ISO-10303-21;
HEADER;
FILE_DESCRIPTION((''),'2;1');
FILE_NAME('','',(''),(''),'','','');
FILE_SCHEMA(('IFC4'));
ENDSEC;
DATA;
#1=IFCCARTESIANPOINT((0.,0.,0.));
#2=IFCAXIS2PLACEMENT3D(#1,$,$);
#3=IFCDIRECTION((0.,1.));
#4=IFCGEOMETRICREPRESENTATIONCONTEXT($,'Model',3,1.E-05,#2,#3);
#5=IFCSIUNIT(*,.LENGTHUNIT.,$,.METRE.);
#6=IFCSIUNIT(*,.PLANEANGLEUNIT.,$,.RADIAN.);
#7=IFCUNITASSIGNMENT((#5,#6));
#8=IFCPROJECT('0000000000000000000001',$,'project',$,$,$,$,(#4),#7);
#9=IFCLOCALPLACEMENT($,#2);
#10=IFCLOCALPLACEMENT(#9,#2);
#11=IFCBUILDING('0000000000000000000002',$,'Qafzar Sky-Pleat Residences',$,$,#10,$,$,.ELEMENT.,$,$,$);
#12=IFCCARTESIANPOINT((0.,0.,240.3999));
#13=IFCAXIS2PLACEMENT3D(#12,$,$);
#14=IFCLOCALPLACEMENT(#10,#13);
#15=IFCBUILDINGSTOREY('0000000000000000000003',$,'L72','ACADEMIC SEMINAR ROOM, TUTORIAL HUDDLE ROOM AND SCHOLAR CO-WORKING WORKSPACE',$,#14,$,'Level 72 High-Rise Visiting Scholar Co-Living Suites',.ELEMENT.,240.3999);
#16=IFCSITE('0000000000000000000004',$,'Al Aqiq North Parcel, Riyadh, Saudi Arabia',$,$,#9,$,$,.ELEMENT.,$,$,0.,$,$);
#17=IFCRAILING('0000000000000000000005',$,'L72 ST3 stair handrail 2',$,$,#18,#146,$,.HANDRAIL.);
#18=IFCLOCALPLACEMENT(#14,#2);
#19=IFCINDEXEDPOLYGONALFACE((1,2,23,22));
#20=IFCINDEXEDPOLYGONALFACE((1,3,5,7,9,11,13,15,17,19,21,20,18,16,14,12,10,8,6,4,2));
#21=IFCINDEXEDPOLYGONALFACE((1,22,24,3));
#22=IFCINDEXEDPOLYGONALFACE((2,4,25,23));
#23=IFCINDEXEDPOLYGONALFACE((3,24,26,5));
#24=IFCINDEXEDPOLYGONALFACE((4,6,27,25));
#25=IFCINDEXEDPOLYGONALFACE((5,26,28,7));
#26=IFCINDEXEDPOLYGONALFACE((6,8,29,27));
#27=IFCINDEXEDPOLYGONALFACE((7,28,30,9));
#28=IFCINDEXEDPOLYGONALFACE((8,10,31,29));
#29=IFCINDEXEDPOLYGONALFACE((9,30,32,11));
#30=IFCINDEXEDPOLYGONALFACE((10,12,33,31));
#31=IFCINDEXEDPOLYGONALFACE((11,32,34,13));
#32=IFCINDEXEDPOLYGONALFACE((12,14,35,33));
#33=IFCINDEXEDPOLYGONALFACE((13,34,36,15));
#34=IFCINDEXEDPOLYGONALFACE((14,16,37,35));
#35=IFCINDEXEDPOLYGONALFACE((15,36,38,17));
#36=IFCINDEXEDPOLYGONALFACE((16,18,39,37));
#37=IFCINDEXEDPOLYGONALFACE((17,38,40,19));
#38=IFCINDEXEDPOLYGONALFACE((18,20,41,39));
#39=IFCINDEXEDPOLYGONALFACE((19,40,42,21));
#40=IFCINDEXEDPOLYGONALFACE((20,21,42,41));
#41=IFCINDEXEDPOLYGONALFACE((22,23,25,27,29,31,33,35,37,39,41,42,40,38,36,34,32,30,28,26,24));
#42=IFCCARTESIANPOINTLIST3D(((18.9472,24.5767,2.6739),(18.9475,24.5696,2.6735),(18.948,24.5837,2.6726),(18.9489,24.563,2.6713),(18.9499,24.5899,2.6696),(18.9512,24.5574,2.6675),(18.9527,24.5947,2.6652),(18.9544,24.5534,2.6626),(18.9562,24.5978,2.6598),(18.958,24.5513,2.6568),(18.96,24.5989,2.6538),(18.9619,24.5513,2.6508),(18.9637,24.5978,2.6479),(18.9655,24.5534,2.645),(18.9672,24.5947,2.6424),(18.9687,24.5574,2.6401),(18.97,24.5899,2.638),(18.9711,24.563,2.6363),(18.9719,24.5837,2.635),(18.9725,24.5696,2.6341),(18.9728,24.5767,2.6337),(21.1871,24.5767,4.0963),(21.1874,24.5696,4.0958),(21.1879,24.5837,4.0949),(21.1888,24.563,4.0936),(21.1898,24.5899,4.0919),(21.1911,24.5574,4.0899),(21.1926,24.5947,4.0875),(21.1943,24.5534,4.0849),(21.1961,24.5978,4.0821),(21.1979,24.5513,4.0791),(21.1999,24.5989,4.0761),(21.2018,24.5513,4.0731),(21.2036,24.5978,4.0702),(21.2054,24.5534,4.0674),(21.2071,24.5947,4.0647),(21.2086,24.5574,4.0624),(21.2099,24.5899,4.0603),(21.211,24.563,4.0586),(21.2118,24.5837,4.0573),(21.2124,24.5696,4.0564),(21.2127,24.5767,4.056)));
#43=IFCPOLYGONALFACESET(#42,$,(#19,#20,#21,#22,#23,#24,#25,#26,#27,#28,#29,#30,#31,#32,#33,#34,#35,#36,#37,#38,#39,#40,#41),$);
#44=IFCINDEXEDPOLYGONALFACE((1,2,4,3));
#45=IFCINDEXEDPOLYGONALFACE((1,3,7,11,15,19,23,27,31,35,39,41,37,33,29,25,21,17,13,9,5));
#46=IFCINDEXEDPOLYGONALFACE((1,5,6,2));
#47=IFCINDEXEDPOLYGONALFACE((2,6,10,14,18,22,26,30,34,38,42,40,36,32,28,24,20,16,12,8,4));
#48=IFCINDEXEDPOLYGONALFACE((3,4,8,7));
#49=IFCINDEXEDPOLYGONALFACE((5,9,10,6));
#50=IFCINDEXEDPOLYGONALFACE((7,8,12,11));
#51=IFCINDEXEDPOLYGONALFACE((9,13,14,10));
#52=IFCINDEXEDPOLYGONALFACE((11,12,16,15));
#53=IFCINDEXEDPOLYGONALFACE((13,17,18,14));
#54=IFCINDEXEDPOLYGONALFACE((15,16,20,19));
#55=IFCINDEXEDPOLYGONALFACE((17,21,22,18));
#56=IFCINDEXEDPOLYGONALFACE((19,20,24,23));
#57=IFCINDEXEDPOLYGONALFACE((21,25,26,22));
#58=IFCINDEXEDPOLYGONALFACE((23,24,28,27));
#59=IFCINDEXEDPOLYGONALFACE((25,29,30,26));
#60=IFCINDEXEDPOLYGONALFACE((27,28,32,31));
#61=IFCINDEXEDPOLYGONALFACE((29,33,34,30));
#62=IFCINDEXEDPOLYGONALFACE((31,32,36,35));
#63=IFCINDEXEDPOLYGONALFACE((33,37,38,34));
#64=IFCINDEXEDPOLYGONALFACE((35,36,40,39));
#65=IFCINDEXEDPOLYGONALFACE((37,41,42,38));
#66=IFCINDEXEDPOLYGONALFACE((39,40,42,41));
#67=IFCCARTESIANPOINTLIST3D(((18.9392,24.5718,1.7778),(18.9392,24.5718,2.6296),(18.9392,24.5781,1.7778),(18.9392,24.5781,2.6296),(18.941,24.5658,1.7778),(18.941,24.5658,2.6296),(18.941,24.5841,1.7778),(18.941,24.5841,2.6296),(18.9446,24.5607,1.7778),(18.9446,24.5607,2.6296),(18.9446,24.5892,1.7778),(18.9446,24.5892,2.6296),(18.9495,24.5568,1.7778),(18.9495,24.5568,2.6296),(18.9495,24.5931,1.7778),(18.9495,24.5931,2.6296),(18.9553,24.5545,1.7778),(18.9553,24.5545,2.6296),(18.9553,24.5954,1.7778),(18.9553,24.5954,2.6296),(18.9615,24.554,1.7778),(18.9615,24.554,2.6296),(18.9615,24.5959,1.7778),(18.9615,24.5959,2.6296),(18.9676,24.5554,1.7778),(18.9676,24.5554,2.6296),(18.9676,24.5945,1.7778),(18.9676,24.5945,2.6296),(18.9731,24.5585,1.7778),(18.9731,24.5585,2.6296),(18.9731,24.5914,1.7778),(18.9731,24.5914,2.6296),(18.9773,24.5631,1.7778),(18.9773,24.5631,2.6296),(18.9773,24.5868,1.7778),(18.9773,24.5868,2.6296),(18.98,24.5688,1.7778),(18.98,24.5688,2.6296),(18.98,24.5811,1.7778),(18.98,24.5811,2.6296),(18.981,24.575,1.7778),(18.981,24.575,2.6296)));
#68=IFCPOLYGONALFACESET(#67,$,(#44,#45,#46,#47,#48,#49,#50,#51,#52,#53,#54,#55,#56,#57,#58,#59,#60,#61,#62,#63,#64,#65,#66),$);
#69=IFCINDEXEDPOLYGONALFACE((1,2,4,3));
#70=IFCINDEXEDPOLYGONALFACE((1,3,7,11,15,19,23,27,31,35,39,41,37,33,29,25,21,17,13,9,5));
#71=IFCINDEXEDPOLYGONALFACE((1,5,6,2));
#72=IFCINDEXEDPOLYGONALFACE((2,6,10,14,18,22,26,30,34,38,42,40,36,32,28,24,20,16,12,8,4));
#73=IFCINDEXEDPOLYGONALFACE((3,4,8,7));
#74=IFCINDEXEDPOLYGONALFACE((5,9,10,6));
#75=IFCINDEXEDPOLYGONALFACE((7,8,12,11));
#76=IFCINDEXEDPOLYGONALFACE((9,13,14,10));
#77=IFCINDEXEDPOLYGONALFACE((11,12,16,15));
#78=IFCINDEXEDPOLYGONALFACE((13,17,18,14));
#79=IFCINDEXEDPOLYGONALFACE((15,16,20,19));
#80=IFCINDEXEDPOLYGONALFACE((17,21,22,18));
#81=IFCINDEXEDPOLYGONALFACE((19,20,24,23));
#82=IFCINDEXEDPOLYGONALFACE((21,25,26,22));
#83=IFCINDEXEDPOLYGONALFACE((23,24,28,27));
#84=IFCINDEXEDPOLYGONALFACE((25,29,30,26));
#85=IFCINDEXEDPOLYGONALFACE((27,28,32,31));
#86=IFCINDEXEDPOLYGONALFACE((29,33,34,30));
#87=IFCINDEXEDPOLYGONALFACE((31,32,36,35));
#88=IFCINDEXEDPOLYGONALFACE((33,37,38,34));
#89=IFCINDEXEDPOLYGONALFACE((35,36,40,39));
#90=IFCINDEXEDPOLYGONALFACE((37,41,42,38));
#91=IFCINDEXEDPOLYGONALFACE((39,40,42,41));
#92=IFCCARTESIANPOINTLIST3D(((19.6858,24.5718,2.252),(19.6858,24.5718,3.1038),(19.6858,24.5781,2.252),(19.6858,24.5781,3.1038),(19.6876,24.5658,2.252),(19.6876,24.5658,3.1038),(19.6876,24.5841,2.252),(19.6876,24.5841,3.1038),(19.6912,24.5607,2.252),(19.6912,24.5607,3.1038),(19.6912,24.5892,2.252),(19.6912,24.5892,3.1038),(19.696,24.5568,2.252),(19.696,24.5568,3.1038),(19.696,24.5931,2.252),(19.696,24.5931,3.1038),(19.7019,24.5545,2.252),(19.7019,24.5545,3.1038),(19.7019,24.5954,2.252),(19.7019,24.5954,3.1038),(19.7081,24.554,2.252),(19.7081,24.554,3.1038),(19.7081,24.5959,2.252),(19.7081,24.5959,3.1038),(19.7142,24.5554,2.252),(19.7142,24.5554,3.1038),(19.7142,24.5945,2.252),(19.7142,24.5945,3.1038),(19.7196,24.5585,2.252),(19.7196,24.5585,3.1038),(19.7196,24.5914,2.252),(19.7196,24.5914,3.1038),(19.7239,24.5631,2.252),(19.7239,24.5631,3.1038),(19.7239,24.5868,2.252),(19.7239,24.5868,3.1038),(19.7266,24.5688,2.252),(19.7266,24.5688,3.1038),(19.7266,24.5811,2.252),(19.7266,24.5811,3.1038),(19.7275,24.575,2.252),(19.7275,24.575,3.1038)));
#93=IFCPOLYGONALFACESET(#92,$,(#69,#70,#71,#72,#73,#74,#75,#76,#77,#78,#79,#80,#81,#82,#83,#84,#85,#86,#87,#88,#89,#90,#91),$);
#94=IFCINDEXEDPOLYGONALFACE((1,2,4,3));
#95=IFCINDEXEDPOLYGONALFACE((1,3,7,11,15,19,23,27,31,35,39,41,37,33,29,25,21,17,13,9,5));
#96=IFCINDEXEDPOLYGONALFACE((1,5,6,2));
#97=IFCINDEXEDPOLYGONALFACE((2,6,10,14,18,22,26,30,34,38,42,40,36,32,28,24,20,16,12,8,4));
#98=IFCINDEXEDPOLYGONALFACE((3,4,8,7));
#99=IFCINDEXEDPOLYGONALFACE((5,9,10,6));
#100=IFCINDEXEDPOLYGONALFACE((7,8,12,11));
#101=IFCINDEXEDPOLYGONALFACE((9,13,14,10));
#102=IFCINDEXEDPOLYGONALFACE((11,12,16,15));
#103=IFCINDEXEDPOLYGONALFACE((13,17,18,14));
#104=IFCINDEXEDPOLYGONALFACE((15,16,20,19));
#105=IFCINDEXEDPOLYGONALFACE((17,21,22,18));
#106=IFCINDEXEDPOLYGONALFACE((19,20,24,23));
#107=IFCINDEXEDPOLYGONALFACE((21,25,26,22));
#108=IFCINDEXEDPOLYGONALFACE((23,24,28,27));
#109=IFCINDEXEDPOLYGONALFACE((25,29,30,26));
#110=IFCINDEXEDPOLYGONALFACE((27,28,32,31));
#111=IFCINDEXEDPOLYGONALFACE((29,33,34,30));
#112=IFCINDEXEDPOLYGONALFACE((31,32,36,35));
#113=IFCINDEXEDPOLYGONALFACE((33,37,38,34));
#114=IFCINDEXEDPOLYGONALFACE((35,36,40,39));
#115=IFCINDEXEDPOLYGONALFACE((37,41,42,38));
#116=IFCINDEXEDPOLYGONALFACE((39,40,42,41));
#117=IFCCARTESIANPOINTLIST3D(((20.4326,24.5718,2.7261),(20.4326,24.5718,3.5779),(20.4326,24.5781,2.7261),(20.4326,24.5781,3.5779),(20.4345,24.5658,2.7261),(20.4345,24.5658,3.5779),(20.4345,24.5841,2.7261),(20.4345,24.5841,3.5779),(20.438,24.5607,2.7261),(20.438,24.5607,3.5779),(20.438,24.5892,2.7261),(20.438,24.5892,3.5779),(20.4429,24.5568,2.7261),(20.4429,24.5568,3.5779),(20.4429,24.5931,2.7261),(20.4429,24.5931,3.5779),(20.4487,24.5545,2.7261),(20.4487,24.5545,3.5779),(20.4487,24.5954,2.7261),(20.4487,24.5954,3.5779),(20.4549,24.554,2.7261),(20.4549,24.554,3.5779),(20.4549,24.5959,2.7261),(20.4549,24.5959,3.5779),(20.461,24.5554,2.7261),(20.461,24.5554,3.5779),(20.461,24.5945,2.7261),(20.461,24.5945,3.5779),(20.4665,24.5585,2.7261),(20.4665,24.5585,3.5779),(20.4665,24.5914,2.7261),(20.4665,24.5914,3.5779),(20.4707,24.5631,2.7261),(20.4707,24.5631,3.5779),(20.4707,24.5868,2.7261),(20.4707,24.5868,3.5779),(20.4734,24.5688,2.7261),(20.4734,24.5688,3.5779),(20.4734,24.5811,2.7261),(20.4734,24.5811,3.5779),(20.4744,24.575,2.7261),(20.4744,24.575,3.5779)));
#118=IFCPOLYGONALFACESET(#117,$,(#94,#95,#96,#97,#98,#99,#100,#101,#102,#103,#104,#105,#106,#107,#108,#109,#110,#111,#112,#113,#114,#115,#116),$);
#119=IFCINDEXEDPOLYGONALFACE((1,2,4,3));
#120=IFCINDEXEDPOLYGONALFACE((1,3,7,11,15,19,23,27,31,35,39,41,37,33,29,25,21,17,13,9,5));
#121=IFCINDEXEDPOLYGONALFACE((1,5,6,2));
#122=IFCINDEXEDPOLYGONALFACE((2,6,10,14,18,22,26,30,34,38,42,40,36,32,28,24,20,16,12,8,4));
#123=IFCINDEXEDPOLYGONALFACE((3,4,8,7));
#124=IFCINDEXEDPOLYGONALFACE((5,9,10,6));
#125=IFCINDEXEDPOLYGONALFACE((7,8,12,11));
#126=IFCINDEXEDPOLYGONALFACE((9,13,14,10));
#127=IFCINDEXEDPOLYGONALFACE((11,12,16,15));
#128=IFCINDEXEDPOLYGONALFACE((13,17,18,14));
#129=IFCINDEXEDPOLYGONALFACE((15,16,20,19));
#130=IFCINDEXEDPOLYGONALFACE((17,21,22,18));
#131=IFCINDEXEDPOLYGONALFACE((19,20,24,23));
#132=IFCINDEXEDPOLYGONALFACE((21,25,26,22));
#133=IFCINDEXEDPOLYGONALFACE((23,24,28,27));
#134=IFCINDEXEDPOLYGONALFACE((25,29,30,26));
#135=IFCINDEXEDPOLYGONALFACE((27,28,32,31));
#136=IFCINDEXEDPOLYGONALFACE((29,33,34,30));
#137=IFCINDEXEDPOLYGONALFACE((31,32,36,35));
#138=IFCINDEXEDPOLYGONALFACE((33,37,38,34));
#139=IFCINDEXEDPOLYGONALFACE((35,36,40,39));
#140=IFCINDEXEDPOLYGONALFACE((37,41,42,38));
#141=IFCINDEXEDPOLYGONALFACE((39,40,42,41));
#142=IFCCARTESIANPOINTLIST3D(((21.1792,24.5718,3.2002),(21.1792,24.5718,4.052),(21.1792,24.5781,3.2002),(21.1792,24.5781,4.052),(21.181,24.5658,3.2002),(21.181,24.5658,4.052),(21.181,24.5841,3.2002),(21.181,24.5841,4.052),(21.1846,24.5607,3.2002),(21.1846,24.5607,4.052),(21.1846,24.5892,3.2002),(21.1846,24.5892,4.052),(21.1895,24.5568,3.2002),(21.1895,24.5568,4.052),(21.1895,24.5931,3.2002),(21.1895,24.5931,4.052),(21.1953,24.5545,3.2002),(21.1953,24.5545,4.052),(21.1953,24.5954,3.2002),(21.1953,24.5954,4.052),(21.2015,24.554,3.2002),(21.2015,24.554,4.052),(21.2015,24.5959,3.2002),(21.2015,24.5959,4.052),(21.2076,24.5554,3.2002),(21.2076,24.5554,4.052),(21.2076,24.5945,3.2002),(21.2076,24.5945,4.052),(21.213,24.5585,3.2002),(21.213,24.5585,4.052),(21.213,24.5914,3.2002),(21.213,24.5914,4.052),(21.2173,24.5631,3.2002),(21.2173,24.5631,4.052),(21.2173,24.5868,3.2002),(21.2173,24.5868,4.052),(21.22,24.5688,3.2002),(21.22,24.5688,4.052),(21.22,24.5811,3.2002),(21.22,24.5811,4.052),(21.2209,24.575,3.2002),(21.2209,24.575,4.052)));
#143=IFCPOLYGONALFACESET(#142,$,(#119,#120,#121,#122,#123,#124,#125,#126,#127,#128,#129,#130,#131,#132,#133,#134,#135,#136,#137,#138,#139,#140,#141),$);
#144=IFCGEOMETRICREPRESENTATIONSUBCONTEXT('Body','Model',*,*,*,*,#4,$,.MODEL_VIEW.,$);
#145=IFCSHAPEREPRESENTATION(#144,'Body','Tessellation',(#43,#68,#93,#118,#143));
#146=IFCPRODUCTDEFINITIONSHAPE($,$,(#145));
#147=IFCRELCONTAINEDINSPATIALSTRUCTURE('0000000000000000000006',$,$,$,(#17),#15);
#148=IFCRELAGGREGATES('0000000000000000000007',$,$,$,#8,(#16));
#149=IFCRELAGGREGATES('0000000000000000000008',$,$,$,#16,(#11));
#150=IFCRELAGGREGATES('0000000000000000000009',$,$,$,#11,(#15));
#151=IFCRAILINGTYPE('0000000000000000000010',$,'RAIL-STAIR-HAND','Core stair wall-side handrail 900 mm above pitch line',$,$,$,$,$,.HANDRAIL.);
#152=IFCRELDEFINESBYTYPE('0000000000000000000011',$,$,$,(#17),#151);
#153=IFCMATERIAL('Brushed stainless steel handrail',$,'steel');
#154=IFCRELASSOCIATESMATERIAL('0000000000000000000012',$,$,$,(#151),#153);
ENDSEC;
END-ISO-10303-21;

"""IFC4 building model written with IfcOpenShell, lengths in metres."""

from ifc_helpers import new_model, si_unit, direction, frame, origin, origin_2d, place, context, subcontext, project, spatial, circle, extrude, source, transform, mapped, material, type_object, element, save


model = new_model("IFC4")

# Units and contexts
model_context = context("Model", 3, precision=1e-05, world=origin(), true_north=direction((0.0, 1.0)))
body_context = subcontext(model_context, "Body", "Model", "MODEL_VIEW")
ifc_project = project(units=[si_unit("LENGTHUNIT", "METRE"), si_unit("PLANEANGLEUNIT", "RADIAN")], contexts=[model_context])

# Site, building, storey
site_placement = place(None, origin())
site = spatial("IfcSite", under=ifc_project, at=site_placement, Name="Al Aqiq North Parcel, Riyadh, Saudi Arabia", CompositionType="ELEMENT", RefElevation=0.0)
building_placement = place(site_placement, origin())
building = spatial("IfcBuilding", under=site, at=building_placement, Name="Qafzar Sky-Pleat Residences", CompositionType="ELEMENT")
storey_placement = place(building_placement, frame((0.0, 0.0, 240.3999)))
storey = spatial("IfcBuildingStorey", under=building, at=storey_placement, Name="L72", Description="ACADEMIC SEMINAR ROOM, TUTORIAL HUDDLE ROOM AND SCHOLAR CO-WORKING WORKSPACE", LongName="Level 72 High-Rise Visiting Scholar Co-Living Suites", CompositionType="ELEMENT", Elevation=240.3999)

# Railing
ifc_material_1 = material(Name="Brushed stainless steel handrail", Category="steel")
railing_type_1 = type_object("IfcRailingType", Name="RAIL-STAIR-HAND", Description="Core stair wall-side handrail 900 mm above pitch line", PredefinedType="HANDRAIL", material=ifc_material_1)
shared_shape_1 = source(origin(), body_context, "Body", "SweptSolid", [
    extrude(circle(Radius=0.0239, at=origin_2d()), frame((0.0, 0.0, 0.876), z_axis=(0.844188, 0.0, 0.536048), x_axis=(0.0, 1.0, 0.0)), (0.0, 0.0, 1.0), 2.6533),
    extrude(circle(Radius=0.021, at=origin_2d()), origin(), (0.0, 0.0, 1.0), 0.8518),
    extrude(circle(Radius=0.021, at=origin_2d()), frame((0.7466, 0.0, 0.4741)), (0.0, 0.0, 1.0), 0.8518),
    extrude(circle(Radius=0.021, at=origin_2d()), frame((1.4934, 0.0, 0.9482)), (0.0, 0.0, 1.0), 0.8518),
    extrude(circle(Radius=0.021, at=origin_2d()), frame((2.24, 0.0, 1.4224)), (0.0, 0.0, 1.0), 0.8518),
])
railing_1_placement = place(storey_placement, frame((18.96, 24.575, 1.7778)))
element("IfcRailing", 1, at=railing_1_placement, inside=storey, type_object=railing_type_1, Name="L72 ST3 stair handrail 2", PredefinedType="HANDRAIL", context=body_context, shape_type="MappedRepresentation", body=[
    mapped(shared_shape_1, transform((0.0, 0.0, 0.0), x_axis=(1.0, 0.0, 0.0), y_axis=(0.0, 1.0, 0.0), z_axis=(0.0, 0.0, 1.0), scale=1.0)),
])

save(model, "model.ifc")
